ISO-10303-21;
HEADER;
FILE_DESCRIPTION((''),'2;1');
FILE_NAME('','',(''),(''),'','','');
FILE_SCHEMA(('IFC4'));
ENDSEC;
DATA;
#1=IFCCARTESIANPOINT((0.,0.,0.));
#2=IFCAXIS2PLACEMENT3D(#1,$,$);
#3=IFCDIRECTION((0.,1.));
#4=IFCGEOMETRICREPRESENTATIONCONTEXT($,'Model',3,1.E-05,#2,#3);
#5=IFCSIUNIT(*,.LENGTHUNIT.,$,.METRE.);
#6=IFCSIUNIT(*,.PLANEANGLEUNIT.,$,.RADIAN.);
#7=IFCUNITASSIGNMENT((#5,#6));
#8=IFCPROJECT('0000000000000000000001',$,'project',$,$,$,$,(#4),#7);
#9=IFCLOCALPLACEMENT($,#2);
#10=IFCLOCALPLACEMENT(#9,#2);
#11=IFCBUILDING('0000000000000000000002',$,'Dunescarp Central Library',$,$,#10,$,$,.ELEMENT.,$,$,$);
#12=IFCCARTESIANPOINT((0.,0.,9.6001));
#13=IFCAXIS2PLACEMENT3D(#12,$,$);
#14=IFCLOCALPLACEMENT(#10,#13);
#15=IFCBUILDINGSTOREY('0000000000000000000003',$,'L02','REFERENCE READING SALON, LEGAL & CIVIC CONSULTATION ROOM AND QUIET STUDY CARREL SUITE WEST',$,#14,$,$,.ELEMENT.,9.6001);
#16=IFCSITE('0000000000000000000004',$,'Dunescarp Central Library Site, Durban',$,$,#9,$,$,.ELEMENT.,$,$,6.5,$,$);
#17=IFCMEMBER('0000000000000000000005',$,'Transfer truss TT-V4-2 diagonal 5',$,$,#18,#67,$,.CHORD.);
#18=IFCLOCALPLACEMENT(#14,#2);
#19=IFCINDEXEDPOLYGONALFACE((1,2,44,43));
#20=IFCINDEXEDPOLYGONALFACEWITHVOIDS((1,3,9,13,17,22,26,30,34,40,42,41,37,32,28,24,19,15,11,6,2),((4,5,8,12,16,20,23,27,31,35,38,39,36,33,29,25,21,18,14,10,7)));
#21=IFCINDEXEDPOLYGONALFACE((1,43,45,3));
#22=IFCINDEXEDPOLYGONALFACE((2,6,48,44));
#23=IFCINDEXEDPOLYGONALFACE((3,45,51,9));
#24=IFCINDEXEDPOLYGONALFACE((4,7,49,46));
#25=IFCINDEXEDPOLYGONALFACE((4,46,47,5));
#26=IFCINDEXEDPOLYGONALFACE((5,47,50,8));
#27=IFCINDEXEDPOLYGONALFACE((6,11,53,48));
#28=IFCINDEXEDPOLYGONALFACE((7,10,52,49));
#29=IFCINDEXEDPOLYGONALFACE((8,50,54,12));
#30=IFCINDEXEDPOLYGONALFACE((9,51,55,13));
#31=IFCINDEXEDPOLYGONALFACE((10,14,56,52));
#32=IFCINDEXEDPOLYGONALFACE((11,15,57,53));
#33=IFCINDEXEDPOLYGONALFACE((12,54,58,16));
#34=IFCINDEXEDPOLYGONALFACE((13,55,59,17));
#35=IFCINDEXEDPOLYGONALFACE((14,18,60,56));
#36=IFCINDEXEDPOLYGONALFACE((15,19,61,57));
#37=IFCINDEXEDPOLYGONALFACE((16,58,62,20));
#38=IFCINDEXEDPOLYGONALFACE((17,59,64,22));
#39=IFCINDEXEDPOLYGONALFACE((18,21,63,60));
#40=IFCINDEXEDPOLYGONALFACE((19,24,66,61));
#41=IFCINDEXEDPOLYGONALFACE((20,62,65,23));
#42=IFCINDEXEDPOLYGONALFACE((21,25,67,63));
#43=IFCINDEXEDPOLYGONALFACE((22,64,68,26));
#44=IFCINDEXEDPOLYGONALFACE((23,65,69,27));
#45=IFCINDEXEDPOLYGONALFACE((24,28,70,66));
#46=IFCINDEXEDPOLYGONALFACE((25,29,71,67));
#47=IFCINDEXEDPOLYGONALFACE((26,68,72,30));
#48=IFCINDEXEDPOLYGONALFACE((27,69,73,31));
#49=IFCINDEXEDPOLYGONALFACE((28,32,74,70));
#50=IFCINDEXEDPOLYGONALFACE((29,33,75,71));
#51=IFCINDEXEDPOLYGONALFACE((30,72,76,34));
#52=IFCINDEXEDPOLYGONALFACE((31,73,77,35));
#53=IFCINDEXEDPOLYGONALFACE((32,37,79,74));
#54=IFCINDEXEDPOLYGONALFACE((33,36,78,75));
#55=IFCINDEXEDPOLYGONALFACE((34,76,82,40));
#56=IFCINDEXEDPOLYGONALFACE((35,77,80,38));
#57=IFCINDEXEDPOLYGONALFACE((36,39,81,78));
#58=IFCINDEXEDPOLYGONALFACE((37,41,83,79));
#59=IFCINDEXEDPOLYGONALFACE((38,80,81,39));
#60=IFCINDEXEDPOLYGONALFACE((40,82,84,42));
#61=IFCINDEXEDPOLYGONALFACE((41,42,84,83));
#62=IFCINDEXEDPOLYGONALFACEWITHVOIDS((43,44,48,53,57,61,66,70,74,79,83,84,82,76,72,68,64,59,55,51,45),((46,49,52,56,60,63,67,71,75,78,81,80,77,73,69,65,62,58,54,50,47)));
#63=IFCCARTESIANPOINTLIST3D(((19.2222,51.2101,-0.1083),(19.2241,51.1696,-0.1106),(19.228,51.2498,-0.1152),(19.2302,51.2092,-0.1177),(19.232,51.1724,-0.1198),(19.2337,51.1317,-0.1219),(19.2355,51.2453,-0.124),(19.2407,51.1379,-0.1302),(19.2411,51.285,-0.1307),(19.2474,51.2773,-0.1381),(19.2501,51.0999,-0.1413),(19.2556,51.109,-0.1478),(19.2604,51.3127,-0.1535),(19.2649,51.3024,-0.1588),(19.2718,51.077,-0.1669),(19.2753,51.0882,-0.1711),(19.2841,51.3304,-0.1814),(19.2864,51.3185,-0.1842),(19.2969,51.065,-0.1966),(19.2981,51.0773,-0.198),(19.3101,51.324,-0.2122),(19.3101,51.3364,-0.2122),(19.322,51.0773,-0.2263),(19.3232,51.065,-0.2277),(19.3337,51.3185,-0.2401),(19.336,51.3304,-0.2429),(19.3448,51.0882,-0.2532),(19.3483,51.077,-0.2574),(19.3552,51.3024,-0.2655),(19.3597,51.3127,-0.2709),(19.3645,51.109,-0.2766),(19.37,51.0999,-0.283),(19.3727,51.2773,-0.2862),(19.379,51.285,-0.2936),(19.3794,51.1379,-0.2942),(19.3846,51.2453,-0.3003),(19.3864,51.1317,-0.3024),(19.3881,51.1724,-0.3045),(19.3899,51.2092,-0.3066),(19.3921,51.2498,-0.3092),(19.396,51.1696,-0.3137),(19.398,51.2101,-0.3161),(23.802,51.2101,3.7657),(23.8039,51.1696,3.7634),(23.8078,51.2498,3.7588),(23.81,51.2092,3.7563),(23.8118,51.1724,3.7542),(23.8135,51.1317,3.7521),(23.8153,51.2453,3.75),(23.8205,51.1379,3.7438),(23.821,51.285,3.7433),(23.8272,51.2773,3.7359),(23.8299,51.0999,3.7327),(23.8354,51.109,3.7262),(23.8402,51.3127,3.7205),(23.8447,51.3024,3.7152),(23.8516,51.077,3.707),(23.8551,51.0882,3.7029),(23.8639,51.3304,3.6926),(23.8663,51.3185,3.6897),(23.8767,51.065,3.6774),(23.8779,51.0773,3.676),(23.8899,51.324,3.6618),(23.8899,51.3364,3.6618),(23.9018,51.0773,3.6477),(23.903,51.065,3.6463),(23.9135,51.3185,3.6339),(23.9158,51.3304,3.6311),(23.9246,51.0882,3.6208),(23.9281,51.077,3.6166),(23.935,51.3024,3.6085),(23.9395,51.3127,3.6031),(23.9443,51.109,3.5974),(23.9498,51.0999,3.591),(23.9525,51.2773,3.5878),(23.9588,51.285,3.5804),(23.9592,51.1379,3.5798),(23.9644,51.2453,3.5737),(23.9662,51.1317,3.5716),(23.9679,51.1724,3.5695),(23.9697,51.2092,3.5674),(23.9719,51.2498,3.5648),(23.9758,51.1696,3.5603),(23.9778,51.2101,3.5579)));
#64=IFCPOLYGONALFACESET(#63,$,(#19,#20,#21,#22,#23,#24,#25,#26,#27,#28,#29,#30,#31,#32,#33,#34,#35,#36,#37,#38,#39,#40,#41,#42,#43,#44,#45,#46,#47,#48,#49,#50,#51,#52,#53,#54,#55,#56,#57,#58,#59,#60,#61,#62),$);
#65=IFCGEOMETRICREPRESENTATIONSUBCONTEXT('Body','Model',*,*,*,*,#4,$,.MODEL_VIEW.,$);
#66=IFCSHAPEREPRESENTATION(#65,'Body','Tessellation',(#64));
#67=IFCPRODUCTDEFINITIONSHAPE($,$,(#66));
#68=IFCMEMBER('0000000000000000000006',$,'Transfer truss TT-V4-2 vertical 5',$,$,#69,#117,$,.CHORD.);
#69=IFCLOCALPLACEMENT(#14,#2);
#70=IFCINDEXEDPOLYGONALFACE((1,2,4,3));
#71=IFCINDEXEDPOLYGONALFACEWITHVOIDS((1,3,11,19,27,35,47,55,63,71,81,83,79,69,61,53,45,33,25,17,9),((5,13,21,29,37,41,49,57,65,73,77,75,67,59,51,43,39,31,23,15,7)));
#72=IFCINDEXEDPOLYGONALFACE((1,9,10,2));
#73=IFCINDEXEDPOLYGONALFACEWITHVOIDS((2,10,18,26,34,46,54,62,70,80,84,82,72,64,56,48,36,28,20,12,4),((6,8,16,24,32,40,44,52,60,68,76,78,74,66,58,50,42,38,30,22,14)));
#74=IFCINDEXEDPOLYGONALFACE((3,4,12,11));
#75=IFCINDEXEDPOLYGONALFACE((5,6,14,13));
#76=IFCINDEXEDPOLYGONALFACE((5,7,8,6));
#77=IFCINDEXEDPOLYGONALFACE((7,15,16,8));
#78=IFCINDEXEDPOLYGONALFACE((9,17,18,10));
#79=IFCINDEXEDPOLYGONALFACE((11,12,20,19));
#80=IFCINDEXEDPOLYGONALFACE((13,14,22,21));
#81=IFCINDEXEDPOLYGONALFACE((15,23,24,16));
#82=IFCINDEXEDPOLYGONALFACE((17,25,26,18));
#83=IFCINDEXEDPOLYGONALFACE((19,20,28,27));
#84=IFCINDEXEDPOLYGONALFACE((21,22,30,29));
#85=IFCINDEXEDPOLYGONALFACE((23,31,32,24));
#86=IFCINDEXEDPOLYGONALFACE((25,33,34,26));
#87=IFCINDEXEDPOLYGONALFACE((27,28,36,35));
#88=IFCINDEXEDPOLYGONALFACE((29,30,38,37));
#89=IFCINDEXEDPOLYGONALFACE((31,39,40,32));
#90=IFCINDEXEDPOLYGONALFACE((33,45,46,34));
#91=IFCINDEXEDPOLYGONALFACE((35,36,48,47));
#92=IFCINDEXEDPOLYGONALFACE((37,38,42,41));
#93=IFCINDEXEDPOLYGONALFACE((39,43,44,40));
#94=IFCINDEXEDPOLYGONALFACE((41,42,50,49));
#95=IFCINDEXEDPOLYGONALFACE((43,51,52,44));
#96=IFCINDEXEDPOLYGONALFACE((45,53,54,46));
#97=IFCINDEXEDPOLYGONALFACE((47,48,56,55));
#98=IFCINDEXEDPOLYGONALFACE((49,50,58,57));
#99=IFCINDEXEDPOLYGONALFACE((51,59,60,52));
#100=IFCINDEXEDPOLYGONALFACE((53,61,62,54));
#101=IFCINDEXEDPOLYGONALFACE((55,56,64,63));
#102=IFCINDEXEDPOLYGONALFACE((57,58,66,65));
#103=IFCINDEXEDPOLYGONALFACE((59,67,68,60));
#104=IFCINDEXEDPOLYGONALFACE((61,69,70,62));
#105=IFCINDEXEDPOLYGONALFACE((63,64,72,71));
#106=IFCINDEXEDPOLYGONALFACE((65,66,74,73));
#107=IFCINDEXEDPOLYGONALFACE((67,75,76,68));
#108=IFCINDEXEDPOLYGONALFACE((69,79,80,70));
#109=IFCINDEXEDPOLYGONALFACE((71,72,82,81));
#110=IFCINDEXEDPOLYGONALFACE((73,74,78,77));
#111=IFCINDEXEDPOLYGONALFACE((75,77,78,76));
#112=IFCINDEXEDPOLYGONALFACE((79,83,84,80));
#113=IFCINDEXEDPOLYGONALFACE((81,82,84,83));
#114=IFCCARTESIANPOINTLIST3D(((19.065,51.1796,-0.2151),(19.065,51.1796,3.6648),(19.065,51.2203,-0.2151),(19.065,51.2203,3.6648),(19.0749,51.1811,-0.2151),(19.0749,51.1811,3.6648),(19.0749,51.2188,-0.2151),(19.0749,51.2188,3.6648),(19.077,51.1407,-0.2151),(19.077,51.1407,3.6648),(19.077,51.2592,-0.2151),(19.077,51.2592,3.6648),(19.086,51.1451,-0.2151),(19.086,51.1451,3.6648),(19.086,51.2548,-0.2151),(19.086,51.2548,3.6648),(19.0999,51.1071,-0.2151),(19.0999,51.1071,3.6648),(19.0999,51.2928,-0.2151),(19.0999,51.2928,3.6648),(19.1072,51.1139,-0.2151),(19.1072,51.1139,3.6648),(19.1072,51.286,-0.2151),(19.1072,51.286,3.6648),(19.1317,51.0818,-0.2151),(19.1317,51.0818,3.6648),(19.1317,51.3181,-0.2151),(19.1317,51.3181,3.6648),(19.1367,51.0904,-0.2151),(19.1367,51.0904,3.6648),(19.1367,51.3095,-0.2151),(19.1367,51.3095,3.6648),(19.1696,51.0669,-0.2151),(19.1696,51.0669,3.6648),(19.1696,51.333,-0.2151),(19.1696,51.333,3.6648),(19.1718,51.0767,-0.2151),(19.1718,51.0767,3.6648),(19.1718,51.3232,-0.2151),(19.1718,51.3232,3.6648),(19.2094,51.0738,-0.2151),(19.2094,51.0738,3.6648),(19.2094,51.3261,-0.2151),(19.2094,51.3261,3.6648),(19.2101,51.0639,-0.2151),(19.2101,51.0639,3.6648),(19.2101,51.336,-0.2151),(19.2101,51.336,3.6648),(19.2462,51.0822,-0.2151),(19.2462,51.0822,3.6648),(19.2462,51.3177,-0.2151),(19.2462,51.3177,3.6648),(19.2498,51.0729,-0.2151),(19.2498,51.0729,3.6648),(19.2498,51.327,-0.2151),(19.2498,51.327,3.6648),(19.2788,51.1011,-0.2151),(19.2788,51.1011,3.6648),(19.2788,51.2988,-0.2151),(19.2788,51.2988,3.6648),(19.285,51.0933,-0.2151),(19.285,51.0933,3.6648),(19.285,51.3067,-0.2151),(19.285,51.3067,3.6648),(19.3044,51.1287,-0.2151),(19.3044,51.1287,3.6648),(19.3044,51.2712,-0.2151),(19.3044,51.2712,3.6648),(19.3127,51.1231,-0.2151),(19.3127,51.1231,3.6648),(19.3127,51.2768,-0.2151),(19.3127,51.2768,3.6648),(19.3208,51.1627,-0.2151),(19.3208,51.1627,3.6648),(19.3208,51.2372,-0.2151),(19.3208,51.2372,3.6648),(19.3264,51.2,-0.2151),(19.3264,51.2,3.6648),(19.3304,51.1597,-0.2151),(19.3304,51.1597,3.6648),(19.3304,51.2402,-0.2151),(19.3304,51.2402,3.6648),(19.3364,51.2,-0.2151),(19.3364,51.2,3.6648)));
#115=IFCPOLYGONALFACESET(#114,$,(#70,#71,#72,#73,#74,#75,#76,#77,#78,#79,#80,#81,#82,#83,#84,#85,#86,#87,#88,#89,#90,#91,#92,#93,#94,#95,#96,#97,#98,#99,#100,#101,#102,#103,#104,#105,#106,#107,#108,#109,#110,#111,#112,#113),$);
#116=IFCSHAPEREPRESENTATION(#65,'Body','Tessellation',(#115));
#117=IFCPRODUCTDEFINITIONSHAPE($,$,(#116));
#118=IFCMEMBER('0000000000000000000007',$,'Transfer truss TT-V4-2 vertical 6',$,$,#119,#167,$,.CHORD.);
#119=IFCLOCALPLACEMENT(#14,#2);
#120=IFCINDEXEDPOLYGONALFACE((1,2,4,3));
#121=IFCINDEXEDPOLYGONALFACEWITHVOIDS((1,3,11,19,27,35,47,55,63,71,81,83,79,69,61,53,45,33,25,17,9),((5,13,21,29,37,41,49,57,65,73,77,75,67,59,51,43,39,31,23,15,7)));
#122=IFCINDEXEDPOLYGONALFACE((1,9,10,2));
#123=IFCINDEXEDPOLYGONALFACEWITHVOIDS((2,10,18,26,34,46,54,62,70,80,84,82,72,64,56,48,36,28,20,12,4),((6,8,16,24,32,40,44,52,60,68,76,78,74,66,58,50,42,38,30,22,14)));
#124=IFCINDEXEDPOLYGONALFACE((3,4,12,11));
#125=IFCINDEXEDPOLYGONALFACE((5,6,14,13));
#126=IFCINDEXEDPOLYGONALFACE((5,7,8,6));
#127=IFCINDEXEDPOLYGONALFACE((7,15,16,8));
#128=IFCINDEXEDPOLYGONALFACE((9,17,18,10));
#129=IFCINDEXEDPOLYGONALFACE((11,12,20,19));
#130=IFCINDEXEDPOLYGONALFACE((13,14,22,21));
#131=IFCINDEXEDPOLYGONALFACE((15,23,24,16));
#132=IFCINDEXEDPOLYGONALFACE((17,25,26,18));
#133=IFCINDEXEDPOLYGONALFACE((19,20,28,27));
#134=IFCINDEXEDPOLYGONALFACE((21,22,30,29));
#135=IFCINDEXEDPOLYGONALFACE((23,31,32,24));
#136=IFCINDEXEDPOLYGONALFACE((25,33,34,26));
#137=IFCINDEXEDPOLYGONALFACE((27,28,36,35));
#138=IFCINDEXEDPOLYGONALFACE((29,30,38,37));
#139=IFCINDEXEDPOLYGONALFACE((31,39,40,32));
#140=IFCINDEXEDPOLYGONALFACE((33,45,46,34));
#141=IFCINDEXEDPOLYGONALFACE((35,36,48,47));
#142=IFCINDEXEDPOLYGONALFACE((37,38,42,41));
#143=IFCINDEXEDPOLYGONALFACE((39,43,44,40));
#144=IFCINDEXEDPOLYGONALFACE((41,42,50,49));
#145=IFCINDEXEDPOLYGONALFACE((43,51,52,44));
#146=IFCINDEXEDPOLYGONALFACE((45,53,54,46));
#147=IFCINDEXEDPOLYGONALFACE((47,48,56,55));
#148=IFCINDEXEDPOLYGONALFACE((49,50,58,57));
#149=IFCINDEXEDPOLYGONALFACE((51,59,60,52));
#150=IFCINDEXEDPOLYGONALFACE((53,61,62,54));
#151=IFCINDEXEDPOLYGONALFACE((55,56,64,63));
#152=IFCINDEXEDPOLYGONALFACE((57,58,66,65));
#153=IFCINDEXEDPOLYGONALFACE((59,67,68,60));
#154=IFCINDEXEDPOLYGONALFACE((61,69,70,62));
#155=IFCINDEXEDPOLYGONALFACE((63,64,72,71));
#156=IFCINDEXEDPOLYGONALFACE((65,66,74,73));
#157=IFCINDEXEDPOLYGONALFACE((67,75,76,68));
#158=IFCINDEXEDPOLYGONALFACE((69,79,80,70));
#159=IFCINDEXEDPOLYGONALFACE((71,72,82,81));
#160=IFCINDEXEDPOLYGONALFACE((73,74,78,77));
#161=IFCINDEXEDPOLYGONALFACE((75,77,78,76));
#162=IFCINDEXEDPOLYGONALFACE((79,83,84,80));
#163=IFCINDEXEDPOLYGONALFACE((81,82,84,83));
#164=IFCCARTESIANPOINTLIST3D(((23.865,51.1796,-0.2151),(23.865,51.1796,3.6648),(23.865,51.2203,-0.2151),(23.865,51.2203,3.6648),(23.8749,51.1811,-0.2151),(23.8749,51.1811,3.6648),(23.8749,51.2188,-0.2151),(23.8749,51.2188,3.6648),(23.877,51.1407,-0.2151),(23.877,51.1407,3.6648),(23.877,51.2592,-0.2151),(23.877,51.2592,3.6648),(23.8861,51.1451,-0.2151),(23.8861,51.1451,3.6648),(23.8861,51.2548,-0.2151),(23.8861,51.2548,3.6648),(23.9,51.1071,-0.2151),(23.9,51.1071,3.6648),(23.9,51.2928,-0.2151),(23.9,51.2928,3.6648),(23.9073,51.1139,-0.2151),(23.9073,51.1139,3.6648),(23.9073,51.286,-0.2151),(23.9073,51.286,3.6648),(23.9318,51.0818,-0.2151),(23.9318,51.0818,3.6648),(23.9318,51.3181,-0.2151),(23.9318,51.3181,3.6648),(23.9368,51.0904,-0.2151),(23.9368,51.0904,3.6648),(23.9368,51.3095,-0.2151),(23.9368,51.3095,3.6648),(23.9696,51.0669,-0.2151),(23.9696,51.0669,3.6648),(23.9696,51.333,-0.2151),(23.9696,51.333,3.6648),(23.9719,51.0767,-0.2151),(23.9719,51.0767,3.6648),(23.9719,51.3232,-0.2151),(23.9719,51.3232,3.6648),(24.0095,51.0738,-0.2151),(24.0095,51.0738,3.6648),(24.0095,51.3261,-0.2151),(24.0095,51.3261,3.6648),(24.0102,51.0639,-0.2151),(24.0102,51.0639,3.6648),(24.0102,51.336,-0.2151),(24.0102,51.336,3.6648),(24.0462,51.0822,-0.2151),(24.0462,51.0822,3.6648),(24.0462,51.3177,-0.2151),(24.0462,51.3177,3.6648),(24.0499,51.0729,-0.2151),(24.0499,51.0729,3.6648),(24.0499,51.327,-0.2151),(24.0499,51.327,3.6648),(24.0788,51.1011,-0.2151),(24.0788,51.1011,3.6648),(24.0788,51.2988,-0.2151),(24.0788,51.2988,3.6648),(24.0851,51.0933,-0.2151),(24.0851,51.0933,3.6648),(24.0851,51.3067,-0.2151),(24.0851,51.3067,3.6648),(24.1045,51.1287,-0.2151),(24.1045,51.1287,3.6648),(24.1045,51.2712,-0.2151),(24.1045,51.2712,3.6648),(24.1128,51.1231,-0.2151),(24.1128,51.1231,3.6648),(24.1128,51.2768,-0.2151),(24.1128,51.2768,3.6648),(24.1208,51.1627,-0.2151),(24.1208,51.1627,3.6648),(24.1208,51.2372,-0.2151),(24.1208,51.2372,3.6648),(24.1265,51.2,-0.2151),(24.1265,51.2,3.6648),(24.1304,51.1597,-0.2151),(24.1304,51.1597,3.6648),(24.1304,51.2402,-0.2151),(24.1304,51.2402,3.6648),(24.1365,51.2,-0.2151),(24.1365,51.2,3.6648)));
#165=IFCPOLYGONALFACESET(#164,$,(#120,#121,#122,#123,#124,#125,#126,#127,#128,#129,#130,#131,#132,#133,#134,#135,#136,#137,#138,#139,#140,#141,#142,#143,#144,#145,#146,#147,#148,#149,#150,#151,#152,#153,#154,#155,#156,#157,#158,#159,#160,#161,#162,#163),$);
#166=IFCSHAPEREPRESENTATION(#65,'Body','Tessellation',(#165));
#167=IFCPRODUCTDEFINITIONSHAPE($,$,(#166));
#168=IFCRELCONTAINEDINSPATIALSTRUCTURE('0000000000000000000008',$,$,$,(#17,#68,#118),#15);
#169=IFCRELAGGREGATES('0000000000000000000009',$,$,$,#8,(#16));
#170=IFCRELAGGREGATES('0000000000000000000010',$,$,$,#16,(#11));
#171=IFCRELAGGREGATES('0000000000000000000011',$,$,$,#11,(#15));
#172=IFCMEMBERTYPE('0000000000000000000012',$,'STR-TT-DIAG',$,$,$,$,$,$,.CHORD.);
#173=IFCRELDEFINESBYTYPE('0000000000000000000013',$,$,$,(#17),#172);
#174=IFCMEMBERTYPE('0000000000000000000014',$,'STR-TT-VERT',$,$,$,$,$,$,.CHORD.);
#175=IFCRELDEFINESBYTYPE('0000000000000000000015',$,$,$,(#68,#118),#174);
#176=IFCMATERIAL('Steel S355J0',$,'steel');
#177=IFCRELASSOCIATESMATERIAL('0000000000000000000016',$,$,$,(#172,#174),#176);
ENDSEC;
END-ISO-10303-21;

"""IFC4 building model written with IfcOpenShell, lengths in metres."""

from ifc_helpers import new_model, si_unit, direction, frame, origin, origin_2d, place, context, subcontext, project, spatial, hollow_circle, extrude, material, material_profile, profile_set, type_object, element, save


model = new_model("IFC4")

# Units and contexts
model_context = context("Model", 3, precision=1e-05, world=origin(), true_north=direction((0.0, 1.0)))
body_context = subcontext(model_context, "Body", "Model", "MODEL_VIEW")
ifc_project = project(units=[si_unit("LENGTHUNIT", "METRE"), si_unit("PLANEANGLEUNIT", "RADIAN")], contexts=[model_context])

# Site, building, storey
site_placement = place(None, origin())
site = spatial("IfcSite", under=ifc_project, at=site_placement, Name="Dunescarp Central Library Site, Durban", CompositionType="ELEMENT", RefElevation=6.5)
building_placement = place(site_placement, origin())
building = spatial("IfcBuilding", under=site, at=building_placement, Name="Dunescarp Central Library", CompositionType="ELEMENT")
storey_placement = place(building_placement, frame((0.0, 0.0, 9.6001)))
storey = spatial("IfcBuildingStorey", under=building, at=storey_placement, Name="L02", Description="REFERENCE READING SALON, LEGAL & CIVIC CONSULTATION ROOM AND QUIET STUDY CARREL SUITE WEST", CompositionType="ELEMENT", Elevation=9.6001)

# Members
ifc_material_1 = material(Name="Steel S355J0", Category="steel")
ifc_material_profile_1 = material_profile(ifc_material_1, hollow_circle(Radius=0.1365, WallThickness=0.0125, at=origin_2d()), Name="CHS 273x12.5")
ifc_profile_set_1 = profile_set([ifc_material_profile_1], Name="Steel S355J0")
member_type_1 = type_object("IfcMemberType", Name="STR-TT-DIAG", PredefinedType="CHORD", material=ifc_profile_set_1)
member_placement = place(storey_placement, frame((19.3101, 51.2, -0.2122), z_axis=(0.763487, 0.0, 0.645824), x_axis=(0.0, 1.0, 0.0)))
element("IfcMember", 1, at=member_placement, inside=storey, type_object=member_type_1, Name="Transfer truss TT-V4-2 diagonal 5", PredefinedType="CHORD", context=body_context, shape_type="SweptSolid", body=[
    extrude(hollow_circle(Radius=0.1365, WallThickness=0.0125, at=origin_2d()), origin(), (0.0, 0.0, 1.0), 5.9985),
])
ifc_material_profile_2 = material_profile(ifc_material_1, hollow_circle(Radius=0.1365, WallThickness=0.01, at=origin_2d()), Name="CHS 273x10")
ifc_profile_set_2 = profile_set([ifc_material_profile_2], Name="Steel S355J0")
member_type_2 = type_object("IfcMemberType", Name="STR-TT-VERT", PredefinedType="CHORD", material=ifc_profile_set_2)
for number, where, z_axis, x_axis, name in (
    (2, (19.2, 51.2, -0.2151), (0.0, 0.0, 1.0), (1.0, 0.0, 0.0), "Transfer truss TT-V4-2 vertical 5"),
    (3, (24.0, 51.2, -0.2151), (0.0, 0.0, 1.0), (1.0, 0.0, 0.0), "Transfer truss TT-V4-2 vertical 6"),
):
    element("IfcMember", number, at=place(storey_placement, frame(where, z_axis=z_axis, x_axis=x_axis)), inside=storey, type_object=member_type_2, Name=name, PredefinedType="CHORD", context=body_context, shape_type="SweptSolid", body=[
        extrude(hollow_circle(Radius=0.1365, WallThickness=0.01, at=origin_2d()), origin(), (0.0, 0.0, 1.0), 3.8799),
    ])

save(model, "model.ifc")
